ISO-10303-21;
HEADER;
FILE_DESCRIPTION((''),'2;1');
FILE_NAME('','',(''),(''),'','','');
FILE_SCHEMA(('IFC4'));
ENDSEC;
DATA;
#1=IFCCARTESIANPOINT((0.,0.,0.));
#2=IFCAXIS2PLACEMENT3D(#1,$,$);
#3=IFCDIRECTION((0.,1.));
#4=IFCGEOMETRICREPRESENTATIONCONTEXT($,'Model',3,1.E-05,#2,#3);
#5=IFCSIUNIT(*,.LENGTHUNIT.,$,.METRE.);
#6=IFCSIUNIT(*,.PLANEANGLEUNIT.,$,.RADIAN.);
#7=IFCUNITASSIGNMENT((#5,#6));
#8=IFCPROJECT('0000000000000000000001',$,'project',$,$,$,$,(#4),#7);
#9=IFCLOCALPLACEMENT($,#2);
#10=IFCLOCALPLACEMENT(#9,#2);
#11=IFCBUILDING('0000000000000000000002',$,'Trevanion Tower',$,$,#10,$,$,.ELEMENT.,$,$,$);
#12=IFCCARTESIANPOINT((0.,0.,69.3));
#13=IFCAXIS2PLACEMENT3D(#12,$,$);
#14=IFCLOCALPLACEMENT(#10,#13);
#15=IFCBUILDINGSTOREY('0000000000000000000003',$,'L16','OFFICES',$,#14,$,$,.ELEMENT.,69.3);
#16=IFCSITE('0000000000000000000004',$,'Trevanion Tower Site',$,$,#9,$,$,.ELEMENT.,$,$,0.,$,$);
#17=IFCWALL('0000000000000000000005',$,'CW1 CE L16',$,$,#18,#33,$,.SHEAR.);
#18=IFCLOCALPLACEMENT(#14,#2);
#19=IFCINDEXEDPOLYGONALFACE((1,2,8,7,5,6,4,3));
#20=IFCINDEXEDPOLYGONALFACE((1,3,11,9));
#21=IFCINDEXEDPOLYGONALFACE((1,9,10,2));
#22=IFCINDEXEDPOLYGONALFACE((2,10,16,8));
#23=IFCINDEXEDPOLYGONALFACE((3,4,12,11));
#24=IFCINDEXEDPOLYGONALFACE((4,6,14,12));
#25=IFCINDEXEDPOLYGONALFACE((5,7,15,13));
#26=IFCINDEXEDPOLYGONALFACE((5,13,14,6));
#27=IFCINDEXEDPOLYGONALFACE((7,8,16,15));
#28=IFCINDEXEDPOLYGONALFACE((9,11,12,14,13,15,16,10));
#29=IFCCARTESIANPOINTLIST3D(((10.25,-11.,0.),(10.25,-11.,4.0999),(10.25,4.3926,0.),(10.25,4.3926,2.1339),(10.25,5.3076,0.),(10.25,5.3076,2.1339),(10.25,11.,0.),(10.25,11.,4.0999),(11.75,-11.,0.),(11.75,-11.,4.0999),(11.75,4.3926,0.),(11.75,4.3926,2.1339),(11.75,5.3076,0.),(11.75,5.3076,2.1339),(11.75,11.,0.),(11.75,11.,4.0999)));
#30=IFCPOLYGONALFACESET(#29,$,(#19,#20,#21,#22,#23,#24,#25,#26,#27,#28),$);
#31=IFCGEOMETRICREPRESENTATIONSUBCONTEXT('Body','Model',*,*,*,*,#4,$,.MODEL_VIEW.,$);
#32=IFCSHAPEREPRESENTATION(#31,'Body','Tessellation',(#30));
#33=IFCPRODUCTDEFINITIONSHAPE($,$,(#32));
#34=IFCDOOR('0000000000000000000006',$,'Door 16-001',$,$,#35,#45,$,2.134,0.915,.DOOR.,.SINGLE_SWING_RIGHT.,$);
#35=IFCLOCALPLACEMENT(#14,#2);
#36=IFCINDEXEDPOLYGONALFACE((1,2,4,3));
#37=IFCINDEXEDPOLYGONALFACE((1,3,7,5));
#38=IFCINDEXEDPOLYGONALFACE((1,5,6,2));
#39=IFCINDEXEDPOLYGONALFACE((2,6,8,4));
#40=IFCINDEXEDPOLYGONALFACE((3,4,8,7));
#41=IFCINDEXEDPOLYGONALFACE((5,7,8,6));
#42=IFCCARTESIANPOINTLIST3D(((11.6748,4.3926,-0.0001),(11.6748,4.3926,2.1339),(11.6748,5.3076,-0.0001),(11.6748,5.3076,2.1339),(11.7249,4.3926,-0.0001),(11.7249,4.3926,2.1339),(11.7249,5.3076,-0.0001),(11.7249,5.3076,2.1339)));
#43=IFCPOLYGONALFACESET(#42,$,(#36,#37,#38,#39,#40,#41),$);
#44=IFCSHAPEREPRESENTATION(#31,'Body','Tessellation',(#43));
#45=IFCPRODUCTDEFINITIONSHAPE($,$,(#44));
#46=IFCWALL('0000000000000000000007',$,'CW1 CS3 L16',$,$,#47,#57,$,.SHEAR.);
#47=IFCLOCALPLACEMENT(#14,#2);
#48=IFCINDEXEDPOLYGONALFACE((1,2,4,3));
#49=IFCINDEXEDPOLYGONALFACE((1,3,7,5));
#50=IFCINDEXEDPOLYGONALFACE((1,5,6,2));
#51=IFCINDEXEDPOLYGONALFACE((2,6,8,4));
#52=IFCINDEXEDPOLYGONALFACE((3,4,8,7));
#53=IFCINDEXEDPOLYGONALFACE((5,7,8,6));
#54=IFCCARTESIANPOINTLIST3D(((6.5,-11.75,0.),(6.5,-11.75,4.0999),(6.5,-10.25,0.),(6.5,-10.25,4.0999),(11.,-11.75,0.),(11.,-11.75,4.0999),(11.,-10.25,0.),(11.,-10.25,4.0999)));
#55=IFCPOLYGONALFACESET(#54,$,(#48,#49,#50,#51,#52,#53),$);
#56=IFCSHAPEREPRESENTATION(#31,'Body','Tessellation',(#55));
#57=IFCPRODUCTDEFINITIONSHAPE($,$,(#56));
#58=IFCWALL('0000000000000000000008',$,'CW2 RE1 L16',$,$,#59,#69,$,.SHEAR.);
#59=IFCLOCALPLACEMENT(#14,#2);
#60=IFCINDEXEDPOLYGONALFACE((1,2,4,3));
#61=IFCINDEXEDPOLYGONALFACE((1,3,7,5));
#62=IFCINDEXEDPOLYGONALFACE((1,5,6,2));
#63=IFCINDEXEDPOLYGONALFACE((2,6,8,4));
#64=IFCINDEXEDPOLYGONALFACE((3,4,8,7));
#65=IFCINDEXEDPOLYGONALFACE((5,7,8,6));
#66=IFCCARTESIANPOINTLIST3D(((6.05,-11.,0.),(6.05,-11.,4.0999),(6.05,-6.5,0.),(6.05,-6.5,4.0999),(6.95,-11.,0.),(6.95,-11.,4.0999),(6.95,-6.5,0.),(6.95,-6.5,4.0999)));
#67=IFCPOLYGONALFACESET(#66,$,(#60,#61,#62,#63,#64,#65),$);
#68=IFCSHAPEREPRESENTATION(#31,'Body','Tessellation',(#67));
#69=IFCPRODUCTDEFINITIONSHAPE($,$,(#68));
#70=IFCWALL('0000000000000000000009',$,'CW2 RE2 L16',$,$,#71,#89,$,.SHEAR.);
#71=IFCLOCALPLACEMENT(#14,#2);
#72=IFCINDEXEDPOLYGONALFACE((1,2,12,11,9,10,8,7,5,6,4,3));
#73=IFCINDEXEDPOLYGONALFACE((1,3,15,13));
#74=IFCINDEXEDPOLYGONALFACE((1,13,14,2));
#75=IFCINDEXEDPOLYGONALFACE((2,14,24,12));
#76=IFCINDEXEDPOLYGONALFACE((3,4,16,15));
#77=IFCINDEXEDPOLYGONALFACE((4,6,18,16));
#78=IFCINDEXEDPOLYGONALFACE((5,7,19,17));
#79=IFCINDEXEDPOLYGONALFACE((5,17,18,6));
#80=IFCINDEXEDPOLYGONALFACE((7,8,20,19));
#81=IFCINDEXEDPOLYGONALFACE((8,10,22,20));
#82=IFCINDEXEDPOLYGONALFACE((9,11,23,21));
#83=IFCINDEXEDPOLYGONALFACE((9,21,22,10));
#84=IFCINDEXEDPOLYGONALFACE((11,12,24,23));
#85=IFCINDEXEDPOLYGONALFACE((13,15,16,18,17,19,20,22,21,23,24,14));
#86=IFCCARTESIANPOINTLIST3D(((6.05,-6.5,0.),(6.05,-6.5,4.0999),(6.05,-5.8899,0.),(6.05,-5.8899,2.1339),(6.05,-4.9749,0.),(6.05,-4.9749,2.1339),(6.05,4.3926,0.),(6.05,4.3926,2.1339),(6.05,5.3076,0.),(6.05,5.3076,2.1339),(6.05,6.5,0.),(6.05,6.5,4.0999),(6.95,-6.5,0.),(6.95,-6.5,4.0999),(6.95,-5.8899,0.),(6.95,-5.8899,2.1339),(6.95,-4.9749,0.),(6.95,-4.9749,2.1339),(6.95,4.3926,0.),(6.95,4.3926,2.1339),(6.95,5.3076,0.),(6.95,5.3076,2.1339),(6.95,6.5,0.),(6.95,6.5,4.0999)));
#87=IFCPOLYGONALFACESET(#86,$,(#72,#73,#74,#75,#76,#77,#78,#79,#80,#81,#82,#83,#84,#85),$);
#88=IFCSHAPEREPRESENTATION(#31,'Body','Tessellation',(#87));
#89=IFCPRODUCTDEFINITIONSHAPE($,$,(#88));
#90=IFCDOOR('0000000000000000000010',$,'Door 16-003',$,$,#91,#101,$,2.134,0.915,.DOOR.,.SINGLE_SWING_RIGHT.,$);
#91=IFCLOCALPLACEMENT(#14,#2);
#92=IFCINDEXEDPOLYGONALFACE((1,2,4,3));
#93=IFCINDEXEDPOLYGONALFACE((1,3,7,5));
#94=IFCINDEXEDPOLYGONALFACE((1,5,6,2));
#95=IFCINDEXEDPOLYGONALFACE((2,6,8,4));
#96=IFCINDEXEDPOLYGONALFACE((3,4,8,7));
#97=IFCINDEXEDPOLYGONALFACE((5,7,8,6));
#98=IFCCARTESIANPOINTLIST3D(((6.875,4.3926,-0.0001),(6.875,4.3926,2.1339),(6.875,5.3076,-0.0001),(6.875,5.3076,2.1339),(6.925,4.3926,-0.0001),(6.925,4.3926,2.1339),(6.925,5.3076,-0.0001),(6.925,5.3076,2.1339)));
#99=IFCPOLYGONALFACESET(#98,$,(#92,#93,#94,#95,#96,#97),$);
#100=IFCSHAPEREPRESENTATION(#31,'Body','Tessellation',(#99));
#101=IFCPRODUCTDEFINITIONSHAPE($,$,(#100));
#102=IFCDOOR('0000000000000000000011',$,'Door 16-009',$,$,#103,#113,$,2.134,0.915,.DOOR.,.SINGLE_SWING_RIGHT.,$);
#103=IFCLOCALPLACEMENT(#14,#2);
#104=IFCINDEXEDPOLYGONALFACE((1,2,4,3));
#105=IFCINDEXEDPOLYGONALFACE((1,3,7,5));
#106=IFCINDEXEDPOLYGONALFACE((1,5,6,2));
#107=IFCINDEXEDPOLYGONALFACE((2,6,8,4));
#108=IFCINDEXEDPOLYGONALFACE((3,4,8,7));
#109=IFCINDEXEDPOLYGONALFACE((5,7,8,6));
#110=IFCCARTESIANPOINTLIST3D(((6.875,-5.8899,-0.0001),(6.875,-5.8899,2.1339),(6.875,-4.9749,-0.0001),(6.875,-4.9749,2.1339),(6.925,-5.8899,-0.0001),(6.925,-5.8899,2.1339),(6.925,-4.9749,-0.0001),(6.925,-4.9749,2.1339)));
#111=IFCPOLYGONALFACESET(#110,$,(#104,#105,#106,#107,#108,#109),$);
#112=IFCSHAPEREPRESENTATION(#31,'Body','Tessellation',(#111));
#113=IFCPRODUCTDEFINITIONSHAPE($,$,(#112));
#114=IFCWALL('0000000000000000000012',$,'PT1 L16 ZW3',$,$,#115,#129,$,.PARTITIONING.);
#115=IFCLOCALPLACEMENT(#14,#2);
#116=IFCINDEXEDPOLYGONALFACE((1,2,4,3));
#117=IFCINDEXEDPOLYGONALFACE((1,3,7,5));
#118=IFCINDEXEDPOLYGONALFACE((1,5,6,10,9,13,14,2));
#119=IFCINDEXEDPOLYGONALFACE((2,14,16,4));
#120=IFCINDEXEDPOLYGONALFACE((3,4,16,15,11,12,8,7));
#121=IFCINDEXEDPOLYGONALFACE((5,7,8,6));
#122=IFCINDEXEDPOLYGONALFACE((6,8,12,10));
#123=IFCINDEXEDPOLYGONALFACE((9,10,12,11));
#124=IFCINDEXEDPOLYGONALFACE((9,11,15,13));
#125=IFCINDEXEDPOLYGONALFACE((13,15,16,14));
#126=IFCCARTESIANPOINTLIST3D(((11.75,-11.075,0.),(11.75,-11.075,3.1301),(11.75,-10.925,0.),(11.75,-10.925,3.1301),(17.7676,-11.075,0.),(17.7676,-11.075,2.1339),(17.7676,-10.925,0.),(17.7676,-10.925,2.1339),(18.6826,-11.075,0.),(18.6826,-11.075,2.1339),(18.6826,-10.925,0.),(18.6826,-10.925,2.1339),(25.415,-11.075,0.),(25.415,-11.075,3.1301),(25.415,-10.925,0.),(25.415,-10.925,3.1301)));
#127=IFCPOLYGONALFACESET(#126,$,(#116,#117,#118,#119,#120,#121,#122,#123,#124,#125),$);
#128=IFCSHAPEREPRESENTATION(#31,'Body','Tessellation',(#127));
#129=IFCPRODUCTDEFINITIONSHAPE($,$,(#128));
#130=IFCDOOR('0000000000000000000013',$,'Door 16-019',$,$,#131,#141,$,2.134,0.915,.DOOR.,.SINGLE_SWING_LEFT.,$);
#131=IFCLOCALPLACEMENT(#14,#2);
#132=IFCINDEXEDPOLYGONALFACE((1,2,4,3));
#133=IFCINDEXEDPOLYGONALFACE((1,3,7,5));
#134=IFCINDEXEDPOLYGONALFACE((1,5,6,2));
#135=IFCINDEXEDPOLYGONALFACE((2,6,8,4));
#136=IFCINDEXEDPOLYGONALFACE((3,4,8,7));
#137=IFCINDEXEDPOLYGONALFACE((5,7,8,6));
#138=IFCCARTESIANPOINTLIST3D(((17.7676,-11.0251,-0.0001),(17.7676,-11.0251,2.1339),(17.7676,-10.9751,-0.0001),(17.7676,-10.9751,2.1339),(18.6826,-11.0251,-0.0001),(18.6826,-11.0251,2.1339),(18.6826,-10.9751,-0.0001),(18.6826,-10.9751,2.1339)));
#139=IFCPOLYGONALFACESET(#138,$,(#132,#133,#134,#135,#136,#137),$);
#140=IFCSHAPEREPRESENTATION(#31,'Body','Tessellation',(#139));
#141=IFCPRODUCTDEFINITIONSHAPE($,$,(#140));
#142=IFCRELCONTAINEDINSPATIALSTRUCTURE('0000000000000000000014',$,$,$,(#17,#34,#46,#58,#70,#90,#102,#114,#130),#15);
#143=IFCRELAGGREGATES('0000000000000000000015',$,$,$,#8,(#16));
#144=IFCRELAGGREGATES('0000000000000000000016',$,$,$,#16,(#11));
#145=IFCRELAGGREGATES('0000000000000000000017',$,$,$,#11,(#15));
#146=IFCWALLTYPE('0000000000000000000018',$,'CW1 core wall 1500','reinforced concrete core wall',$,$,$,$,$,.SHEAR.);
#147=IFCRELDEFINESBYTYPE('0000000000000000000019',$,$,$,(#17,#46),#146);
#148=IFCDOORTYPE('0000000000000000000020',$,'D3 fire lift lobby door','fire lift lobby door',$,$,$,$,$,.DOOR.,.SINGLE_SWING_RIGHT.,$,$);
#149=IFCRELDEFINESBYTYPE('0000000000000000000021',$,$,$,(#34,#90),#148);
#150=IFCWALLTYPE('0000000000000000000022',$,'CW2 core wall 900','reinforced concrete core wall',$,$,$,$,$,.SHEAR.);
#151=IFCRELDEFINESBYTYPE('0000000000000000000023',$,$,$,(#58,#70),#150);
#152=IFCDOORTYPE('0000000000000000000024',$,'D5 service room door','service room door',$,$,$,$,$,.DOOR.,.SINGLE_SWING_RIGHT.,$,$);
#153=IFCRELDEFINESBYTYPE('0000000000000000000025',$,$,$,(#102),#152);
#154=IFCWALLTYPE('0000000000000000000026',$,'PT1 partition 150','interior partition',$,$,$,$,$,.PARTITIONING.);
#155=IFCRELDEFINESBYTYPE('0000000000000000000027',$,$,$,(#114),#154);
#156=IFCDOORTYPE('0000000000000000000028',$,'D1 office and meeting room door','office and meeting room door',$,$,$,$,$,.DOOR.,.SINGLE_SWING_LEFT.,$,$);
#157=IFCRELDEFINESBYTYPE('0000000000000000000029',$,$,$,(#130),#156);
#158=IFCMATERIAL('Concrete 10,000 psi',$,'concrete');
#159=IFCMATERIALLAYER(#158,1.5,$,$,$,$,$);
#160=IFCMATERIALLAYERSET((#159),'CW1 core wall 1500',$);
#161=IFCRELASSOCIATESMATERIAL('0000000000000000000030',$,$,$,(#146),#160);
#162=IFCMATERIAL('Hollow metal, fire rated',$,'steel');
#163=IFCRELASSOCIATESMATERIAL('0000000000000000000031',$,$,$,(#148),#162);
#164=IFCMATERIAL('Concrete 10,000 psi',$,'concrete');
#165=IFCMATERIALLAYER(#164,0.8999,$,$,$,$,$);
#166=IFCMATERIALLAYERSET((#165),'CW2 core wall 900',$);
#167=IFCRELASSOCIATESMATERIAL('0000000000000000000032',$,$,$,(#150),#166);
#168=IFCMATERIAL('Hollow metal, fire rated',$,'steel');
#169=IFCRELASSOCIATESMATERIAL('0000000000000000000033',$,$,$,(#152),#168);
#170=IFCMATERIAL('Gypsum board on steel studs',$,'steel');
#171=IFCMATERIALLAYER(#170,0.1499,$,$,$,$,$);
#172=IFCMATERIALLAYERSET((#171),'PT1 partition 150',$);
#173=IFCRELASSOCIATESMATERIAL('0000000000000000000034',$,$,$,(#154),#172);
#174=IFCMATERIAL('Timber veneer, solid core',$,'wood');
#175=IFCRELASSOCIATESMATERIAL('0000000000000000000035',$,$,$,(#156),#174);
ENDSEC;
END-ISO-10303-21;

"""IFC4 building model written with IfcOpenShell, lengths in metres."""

from ifc_helpers import new_model, si_unit, direction, frame, frame_2d, origin, place, context, subcontext, project, spatial, rectangle, extrude, material, layer, layer_set, type_object, element, fill, save


model = new_model("IFC4")

# Units and contexts
model_context = context("Model", 3, precision=1e-05, world=origin(), true_north=direction((0.0, 1.0)))
body_context = subcontext(model_context, "Body", "Model", "MODEL_VIEW")
ifc_project = project(units=[si_unit("LENGTHUNIT", "METRE"), si_unit("PLANEANGLEUNIT", "RADIAN")], contexts=[model_context])

# Site, building, storey
site_placement = place(None, origin())
site = spatial("IfcSite", under=ifc_project, at=site_placement, Name="Trevanion Tower Site", CompositionType="ELEMENT", RefElevation=0.0)
building_placement = place(site_placement, origin())
building = spatial("IfcBuilding", under=site, at=building_placement, Name="Trevanion Tower", CompositionType="ELEMENT")
storey_placement = place(building_placement, frame((0.0, 0.0, 69.3)))
storey = spatial("IfcBuildingStorey", under=building, at=storey_placement, Name="L16", Description="OFFICES", CompositionType="ELEMENT", Elevation=69.3)

# Wall, opening, door
ifc_material_1 = material(Name="Concrete 10,000 psi", Category="concrete")
ifc_layer_1 = layer(ifc_material_1, 1.5)
ifc_layer_set_1 = layer_set([ifc_layer_1], Name="CW1 core wall 1500")
wall_type_1 = type_object("IfcWallType", Name="CW1 core wall 1500", Description="reinforced concrete core wall", PredefinedType="SHEAR", material=ifc_layer_set_1)
wall_1_placement = place(storey_placement, frame((11.0, -11.0, 0.0), z_axis=(0.0, 0.0, 1.0), x_axis=(0.0, 1.0, 0.0)))
wall_1 = element("IfcWall", 1, at=wall_1_placement, inside=storey, type_object=wall_type_1, Name="CW1 CE L16", PredefinedType="SHEAR", context=body_context, shape_type="SweptSolid", body=[
    extrude(rectangle(XDim=22.0, YDim=1.5, at=frame_2d((11.0, 0.0))), origin(), (0.0, 0.0, 1.0), 4.0999),
])
opening_1_placement = place(wall_1_placement, frame((15.3926, 0.0, 0.0)))
opening_1 = element("IfcOpeningElement", 2, at=opening_1_placement, cuts=wall_1, PredefinedType="OPENING", context=body_context, shape_type="SweptSolid", body=[
    extrude(rectangle(XDim=0.915, YDim=2.134, at=frame_2d((0.4575, 1.0669))), frame((0.0, 0.76, 0.0), z_axis=(0.0, -1.0, 0.0), x_axis=(1.0, 0.0, 0.0)), (0.0, 0.0, 1.0), 1.52),
])
ifc_material_2 = material(Name="Hollow metal, fire rated", Category="steel")
door_type_1 = type_object("IfcDoorType", Name="D3 fire lift lobby door", Description="fire lift lobby door", OperationType="SINGLE_SWING_RIGHT", PredefinedType="DOOR", material=ifc_material_2)
door_1_placement = place(opening_1_placement, origin())
door_1 = element("IfcDoor", 3, at=door_1_placement, inside=storey, type_object=door_type_1, Name="Door 16-001", OperationType="SINGLE_SWING_RIGHT", OverallHeight=2.134, OverallWidth=0.915, PredefinedType="DOOR", context=body_context, shape_type="SweptSolid", body=[
    extrude(rectangle(XDim=0.915, YDim=2.134, at=frame_2d((0.4575, 1.0669))), frame((0.0, -0.6748, 0.0), z_axis=(0.0, -1.0, 0.0), x_axis=(1.0, 0.0, 0.0)), (0.0, 0.0, 1.0), 0.05),
])
fill(opening_1, door_1)

# Walls
wall_2_placement = place(storey_placement, frame((6.5, -11.0, 0.0), z_axis=(0.0, 0.0, 1.0), x_axis=(1.0, 0.0, 0.0)))
element("IfcWall", 4, at=wall_2_placement, inside=storey, type_object=wall_type_1, Name="CW1 CS3 L16", PredefinedType="SHEAR", context=body_context, shape_type="SweptSolid", body=[
    extrude(rectangle(XDim=4.5, YDim=1.5, at=frame_2d((2.25, 0.0))), origin(), (0.0, 0.0, 1.0), 4.0999),
])
ifc_material_3 = material(Name="Concrete 10,000 psi", Category="concrete")
ifc_layer_2 = layer(ifc_material_3, 0.8999)
ifc_layer_set_2 = layer_set([ifc_layer_2], Name="CW2 core wall 900")
wall_type_2 = type_object("IfcWallType", Name="CW2 core wall 900", Description="reinforced concrete core wall", PredefinedType="SHEAR", material=ifc_layer_set_2)
wall_3_placement = place(storey_placement, frame((6.5, -11.0, 0.0), z_axis=(0.0, 0.0, 1.0), x_axis=(0.0, 1.0, 0.0)))
element("IfcWall", 5, at=wall_3_placement, inside=storey, type_object=wall_type_2, Name="CW2 RE1 L16", PredefinedType="SHEAR", context=body_context, shape_type="SweptSolid", body=[
    extrude(rectangle(XDim=4.5, YDim=0.8999, at=frame_2d((2.25, 0.0))), origin(), (0.0, 0.0, 1.0), 4.0999),
])

# Wall, openings, doors
wall_4_placement = place(storey_placement, frame((6.5, -6.5, 0.0), z_axis=(0.0, 0.0, 1.0), x_axis=(0.0, 1.0, 0.0)))
wall_4 = element("IfcWall", 6, at=wall_4_placement, inside=storey, type_object=wall_type_2, Name="CW2 RE2 L16", PredefinedType="SHEAR", context=body_context, shape_type="SweptSolid", body=[
    extrude(rectangle(XDim=13.0, YDim=0.8999, at=frame_2d((6.5, 0.0))), origin(), (0.0, 0.0, 1.0), 4.0999),
])
opening_2_placement = place(wall_4_placement, frame((10.8926, 0.0, 0.0)))
opening_2 = element("IfcOpeningElement", 7, at=opening_2_placement, cuts=wall_4, PredefinedType="OPENING", context=body_context, shape_type="SweptSolid", body=[
    extrude(rectangle(XDim=0.915, YDim=2.134, at=frame_2d((0.4575, 1.0669))), frame((0.0, 0.46, 0.0), z_axis=(0.0, -1.0, 0.0), x_axis=(1.0, 0.0, 0.0)), (0.0, 0.0, 1.0), 0.9199),
])
opening_3_placement = place(wall_4_placement, frame((0.6101, 0.0, 0.0)))
opening_3 = element("IfcOpeningElement", 8, at=opening_3_placement, cuts=wall_4, PredefinedType="OPENING", context=body_context, shape_type="SweptSolid", body=[
    extrude(rectangle(XDim=0.915, YDim=2.134, at=frame_2d((0.4575, 1.0669))), frame((0.0, 0.46, 0.0), z_axis=(0.0, -1.0, 0.0), x_axis=(1.0, 0.0, 0.0)), (0.0, 0.0, 1.0), 0.9199),
])
door_2_placement = place(opening_2_placement, origin())
door_2 = element("IfcDoor", 9, at=door_2_placement, inside=storey, type_object=door_type_1, Name="Door 16-003", OperationType="SINGLE_SWING_RIGHT", OverallHeight=2.134, OverallWidth=0.915, PredefinedType="DOOR", context=body_context, shape_type="SweptSolid", body=[
    extrude(rectangle(XDim=0.915, YDim=2.134, at=frame_2d((0.4575, 1.0669))), frame((0.0, -0.375, 0.0), z_axis=(0.0, -1.0, 0.0), x_axis=(1.0, 0.0, 0.0)), (0.0, 0.0, 1.0), 0.05),
])
fill(opening_2, door_2)
ifc_material_4 = material(Name="Hollow metal, fire rated", Category="steel")
door_type_2 = type_object("IfcDoorType", Name="D5 service room door", Description="service room door", OperationType="SINGLE_SWING_RIGHT", PredefinedType="DOOR", material=ifc_material_4)
door_3_placement = place(opening_3_placement, origin())
door_3 = element("IfcDoor", 10, at=door_3_placement, inside=storey, type_object=door_type_2, Name="Door 16-009", OperationType="SINGLE_SWING_RIGHT", OverallHeight=2.134, OverallWidth=0.915, PredefinedType="DOOR", context=body_context, shape_type="SweptSolid", body=[
    extrude(rectangle(XDim=0.915, YDim=2.134, at=frame_2d((0.4575, 1.0669))), frame((0.0, -0.375, 0.0), z_axis=(0.0, -1.0, 0.0), x_axis=(1.0, 0.0, 0.0)), (0.0, 0.0, 1.0), 0.05),
])
fill(opening_3, door_3)

# Wall, opening, door
ifc_material_5 = material(Name="Gypsum board on steel studs", Category="steel")
ifc_layer_3 = layer(ifc_material_5, 0.1499)
ifc_layer_set_3 = layer_set([ifc_layer_3], Name="PT1 partition 150")
wall_type_3 = type_object("IfcWallType", Name="PT1 partition 150", Description="interior partition", PredefinedType="PARTITIONING", material=ifc_layer_set_3)
wall_5_placement = place(storey_placement, frame((11.75, -11.0, 0.0), z_axis=(0.0, 0.0, 1.0), x_axis=(1.0, 0.0, 0.0)))
wall_5 = element("IfcWall", 11, at=wall_5_placement, inside=storey, type_object=wall_type_3, Name="PT1 L16 ZW3", PredefinedType="PARTITIONING", context=body_context, shape_type="SweptSolid", body=[
    extrude(rectangle(XDim=13.665, YDim=0.1499, at=frame_2d((6.8325, 0.0))), origin(), (0.0, 0.0, 1.0), 3.1301),
])
opening_4_placement = place(wall_5_placement, frame((6.0176, 0.0, 0.0)))
opening_4 = element("IfcOpeningElement", 12, at=opening_4_placement, cuts=wall_5, PredefinedType="OPENING", context=body_context, shape_type="SweptSolid", body=[
    extrude(rectangle(XDim=0.915, YDim=2.134, at=frame_2d((0.4575, 1.0669))), frame((0.0, 0.085, 0.0), z_axis=(0.0, -1.0, 0.0), x_axis=(1.0, 0.0, 0.0)), (0.0, 0.0, 1.0), 0.1699),
])
ifc_material_6 = material(Name="Timber veneer, solid core", Category="wood")
door_type_3 = type_object("IfcDoorType", Name="D1 office and meeting room door", Description="office and meeting room door", OperationType="SINGLE_SWING_LEFT", PredefinedType="DOOR", material=ifc_material_6)
door_4_placement = place(opening_4_placement, origin())
door_4 = element("IfcDoor", 13, at=door_4_placement, inside=storey, type_object=door_type_3, Name="Door 16-019", OperationType="SINGLE_SWING_LEFT", OverallHeight=2.134, OverallWidth=0.915, PredefinedType="DOOR", context=body_context, shape_type="SweptSolid", body=[
    extrude(rectangle(XDim=0.915, YDim=2.134, at=frame_2d((0.4575, 1.0669))), frame((0.0, 0.0249, 0.0), z_axis=(0.0, -1.0, 0.0), x_axis=(1.0, 0.0, 0.0)), (0.0, 0.0, 1.0), 0.05),
])
fill(opening_4, door_4)

save(model, "model.ifc")
